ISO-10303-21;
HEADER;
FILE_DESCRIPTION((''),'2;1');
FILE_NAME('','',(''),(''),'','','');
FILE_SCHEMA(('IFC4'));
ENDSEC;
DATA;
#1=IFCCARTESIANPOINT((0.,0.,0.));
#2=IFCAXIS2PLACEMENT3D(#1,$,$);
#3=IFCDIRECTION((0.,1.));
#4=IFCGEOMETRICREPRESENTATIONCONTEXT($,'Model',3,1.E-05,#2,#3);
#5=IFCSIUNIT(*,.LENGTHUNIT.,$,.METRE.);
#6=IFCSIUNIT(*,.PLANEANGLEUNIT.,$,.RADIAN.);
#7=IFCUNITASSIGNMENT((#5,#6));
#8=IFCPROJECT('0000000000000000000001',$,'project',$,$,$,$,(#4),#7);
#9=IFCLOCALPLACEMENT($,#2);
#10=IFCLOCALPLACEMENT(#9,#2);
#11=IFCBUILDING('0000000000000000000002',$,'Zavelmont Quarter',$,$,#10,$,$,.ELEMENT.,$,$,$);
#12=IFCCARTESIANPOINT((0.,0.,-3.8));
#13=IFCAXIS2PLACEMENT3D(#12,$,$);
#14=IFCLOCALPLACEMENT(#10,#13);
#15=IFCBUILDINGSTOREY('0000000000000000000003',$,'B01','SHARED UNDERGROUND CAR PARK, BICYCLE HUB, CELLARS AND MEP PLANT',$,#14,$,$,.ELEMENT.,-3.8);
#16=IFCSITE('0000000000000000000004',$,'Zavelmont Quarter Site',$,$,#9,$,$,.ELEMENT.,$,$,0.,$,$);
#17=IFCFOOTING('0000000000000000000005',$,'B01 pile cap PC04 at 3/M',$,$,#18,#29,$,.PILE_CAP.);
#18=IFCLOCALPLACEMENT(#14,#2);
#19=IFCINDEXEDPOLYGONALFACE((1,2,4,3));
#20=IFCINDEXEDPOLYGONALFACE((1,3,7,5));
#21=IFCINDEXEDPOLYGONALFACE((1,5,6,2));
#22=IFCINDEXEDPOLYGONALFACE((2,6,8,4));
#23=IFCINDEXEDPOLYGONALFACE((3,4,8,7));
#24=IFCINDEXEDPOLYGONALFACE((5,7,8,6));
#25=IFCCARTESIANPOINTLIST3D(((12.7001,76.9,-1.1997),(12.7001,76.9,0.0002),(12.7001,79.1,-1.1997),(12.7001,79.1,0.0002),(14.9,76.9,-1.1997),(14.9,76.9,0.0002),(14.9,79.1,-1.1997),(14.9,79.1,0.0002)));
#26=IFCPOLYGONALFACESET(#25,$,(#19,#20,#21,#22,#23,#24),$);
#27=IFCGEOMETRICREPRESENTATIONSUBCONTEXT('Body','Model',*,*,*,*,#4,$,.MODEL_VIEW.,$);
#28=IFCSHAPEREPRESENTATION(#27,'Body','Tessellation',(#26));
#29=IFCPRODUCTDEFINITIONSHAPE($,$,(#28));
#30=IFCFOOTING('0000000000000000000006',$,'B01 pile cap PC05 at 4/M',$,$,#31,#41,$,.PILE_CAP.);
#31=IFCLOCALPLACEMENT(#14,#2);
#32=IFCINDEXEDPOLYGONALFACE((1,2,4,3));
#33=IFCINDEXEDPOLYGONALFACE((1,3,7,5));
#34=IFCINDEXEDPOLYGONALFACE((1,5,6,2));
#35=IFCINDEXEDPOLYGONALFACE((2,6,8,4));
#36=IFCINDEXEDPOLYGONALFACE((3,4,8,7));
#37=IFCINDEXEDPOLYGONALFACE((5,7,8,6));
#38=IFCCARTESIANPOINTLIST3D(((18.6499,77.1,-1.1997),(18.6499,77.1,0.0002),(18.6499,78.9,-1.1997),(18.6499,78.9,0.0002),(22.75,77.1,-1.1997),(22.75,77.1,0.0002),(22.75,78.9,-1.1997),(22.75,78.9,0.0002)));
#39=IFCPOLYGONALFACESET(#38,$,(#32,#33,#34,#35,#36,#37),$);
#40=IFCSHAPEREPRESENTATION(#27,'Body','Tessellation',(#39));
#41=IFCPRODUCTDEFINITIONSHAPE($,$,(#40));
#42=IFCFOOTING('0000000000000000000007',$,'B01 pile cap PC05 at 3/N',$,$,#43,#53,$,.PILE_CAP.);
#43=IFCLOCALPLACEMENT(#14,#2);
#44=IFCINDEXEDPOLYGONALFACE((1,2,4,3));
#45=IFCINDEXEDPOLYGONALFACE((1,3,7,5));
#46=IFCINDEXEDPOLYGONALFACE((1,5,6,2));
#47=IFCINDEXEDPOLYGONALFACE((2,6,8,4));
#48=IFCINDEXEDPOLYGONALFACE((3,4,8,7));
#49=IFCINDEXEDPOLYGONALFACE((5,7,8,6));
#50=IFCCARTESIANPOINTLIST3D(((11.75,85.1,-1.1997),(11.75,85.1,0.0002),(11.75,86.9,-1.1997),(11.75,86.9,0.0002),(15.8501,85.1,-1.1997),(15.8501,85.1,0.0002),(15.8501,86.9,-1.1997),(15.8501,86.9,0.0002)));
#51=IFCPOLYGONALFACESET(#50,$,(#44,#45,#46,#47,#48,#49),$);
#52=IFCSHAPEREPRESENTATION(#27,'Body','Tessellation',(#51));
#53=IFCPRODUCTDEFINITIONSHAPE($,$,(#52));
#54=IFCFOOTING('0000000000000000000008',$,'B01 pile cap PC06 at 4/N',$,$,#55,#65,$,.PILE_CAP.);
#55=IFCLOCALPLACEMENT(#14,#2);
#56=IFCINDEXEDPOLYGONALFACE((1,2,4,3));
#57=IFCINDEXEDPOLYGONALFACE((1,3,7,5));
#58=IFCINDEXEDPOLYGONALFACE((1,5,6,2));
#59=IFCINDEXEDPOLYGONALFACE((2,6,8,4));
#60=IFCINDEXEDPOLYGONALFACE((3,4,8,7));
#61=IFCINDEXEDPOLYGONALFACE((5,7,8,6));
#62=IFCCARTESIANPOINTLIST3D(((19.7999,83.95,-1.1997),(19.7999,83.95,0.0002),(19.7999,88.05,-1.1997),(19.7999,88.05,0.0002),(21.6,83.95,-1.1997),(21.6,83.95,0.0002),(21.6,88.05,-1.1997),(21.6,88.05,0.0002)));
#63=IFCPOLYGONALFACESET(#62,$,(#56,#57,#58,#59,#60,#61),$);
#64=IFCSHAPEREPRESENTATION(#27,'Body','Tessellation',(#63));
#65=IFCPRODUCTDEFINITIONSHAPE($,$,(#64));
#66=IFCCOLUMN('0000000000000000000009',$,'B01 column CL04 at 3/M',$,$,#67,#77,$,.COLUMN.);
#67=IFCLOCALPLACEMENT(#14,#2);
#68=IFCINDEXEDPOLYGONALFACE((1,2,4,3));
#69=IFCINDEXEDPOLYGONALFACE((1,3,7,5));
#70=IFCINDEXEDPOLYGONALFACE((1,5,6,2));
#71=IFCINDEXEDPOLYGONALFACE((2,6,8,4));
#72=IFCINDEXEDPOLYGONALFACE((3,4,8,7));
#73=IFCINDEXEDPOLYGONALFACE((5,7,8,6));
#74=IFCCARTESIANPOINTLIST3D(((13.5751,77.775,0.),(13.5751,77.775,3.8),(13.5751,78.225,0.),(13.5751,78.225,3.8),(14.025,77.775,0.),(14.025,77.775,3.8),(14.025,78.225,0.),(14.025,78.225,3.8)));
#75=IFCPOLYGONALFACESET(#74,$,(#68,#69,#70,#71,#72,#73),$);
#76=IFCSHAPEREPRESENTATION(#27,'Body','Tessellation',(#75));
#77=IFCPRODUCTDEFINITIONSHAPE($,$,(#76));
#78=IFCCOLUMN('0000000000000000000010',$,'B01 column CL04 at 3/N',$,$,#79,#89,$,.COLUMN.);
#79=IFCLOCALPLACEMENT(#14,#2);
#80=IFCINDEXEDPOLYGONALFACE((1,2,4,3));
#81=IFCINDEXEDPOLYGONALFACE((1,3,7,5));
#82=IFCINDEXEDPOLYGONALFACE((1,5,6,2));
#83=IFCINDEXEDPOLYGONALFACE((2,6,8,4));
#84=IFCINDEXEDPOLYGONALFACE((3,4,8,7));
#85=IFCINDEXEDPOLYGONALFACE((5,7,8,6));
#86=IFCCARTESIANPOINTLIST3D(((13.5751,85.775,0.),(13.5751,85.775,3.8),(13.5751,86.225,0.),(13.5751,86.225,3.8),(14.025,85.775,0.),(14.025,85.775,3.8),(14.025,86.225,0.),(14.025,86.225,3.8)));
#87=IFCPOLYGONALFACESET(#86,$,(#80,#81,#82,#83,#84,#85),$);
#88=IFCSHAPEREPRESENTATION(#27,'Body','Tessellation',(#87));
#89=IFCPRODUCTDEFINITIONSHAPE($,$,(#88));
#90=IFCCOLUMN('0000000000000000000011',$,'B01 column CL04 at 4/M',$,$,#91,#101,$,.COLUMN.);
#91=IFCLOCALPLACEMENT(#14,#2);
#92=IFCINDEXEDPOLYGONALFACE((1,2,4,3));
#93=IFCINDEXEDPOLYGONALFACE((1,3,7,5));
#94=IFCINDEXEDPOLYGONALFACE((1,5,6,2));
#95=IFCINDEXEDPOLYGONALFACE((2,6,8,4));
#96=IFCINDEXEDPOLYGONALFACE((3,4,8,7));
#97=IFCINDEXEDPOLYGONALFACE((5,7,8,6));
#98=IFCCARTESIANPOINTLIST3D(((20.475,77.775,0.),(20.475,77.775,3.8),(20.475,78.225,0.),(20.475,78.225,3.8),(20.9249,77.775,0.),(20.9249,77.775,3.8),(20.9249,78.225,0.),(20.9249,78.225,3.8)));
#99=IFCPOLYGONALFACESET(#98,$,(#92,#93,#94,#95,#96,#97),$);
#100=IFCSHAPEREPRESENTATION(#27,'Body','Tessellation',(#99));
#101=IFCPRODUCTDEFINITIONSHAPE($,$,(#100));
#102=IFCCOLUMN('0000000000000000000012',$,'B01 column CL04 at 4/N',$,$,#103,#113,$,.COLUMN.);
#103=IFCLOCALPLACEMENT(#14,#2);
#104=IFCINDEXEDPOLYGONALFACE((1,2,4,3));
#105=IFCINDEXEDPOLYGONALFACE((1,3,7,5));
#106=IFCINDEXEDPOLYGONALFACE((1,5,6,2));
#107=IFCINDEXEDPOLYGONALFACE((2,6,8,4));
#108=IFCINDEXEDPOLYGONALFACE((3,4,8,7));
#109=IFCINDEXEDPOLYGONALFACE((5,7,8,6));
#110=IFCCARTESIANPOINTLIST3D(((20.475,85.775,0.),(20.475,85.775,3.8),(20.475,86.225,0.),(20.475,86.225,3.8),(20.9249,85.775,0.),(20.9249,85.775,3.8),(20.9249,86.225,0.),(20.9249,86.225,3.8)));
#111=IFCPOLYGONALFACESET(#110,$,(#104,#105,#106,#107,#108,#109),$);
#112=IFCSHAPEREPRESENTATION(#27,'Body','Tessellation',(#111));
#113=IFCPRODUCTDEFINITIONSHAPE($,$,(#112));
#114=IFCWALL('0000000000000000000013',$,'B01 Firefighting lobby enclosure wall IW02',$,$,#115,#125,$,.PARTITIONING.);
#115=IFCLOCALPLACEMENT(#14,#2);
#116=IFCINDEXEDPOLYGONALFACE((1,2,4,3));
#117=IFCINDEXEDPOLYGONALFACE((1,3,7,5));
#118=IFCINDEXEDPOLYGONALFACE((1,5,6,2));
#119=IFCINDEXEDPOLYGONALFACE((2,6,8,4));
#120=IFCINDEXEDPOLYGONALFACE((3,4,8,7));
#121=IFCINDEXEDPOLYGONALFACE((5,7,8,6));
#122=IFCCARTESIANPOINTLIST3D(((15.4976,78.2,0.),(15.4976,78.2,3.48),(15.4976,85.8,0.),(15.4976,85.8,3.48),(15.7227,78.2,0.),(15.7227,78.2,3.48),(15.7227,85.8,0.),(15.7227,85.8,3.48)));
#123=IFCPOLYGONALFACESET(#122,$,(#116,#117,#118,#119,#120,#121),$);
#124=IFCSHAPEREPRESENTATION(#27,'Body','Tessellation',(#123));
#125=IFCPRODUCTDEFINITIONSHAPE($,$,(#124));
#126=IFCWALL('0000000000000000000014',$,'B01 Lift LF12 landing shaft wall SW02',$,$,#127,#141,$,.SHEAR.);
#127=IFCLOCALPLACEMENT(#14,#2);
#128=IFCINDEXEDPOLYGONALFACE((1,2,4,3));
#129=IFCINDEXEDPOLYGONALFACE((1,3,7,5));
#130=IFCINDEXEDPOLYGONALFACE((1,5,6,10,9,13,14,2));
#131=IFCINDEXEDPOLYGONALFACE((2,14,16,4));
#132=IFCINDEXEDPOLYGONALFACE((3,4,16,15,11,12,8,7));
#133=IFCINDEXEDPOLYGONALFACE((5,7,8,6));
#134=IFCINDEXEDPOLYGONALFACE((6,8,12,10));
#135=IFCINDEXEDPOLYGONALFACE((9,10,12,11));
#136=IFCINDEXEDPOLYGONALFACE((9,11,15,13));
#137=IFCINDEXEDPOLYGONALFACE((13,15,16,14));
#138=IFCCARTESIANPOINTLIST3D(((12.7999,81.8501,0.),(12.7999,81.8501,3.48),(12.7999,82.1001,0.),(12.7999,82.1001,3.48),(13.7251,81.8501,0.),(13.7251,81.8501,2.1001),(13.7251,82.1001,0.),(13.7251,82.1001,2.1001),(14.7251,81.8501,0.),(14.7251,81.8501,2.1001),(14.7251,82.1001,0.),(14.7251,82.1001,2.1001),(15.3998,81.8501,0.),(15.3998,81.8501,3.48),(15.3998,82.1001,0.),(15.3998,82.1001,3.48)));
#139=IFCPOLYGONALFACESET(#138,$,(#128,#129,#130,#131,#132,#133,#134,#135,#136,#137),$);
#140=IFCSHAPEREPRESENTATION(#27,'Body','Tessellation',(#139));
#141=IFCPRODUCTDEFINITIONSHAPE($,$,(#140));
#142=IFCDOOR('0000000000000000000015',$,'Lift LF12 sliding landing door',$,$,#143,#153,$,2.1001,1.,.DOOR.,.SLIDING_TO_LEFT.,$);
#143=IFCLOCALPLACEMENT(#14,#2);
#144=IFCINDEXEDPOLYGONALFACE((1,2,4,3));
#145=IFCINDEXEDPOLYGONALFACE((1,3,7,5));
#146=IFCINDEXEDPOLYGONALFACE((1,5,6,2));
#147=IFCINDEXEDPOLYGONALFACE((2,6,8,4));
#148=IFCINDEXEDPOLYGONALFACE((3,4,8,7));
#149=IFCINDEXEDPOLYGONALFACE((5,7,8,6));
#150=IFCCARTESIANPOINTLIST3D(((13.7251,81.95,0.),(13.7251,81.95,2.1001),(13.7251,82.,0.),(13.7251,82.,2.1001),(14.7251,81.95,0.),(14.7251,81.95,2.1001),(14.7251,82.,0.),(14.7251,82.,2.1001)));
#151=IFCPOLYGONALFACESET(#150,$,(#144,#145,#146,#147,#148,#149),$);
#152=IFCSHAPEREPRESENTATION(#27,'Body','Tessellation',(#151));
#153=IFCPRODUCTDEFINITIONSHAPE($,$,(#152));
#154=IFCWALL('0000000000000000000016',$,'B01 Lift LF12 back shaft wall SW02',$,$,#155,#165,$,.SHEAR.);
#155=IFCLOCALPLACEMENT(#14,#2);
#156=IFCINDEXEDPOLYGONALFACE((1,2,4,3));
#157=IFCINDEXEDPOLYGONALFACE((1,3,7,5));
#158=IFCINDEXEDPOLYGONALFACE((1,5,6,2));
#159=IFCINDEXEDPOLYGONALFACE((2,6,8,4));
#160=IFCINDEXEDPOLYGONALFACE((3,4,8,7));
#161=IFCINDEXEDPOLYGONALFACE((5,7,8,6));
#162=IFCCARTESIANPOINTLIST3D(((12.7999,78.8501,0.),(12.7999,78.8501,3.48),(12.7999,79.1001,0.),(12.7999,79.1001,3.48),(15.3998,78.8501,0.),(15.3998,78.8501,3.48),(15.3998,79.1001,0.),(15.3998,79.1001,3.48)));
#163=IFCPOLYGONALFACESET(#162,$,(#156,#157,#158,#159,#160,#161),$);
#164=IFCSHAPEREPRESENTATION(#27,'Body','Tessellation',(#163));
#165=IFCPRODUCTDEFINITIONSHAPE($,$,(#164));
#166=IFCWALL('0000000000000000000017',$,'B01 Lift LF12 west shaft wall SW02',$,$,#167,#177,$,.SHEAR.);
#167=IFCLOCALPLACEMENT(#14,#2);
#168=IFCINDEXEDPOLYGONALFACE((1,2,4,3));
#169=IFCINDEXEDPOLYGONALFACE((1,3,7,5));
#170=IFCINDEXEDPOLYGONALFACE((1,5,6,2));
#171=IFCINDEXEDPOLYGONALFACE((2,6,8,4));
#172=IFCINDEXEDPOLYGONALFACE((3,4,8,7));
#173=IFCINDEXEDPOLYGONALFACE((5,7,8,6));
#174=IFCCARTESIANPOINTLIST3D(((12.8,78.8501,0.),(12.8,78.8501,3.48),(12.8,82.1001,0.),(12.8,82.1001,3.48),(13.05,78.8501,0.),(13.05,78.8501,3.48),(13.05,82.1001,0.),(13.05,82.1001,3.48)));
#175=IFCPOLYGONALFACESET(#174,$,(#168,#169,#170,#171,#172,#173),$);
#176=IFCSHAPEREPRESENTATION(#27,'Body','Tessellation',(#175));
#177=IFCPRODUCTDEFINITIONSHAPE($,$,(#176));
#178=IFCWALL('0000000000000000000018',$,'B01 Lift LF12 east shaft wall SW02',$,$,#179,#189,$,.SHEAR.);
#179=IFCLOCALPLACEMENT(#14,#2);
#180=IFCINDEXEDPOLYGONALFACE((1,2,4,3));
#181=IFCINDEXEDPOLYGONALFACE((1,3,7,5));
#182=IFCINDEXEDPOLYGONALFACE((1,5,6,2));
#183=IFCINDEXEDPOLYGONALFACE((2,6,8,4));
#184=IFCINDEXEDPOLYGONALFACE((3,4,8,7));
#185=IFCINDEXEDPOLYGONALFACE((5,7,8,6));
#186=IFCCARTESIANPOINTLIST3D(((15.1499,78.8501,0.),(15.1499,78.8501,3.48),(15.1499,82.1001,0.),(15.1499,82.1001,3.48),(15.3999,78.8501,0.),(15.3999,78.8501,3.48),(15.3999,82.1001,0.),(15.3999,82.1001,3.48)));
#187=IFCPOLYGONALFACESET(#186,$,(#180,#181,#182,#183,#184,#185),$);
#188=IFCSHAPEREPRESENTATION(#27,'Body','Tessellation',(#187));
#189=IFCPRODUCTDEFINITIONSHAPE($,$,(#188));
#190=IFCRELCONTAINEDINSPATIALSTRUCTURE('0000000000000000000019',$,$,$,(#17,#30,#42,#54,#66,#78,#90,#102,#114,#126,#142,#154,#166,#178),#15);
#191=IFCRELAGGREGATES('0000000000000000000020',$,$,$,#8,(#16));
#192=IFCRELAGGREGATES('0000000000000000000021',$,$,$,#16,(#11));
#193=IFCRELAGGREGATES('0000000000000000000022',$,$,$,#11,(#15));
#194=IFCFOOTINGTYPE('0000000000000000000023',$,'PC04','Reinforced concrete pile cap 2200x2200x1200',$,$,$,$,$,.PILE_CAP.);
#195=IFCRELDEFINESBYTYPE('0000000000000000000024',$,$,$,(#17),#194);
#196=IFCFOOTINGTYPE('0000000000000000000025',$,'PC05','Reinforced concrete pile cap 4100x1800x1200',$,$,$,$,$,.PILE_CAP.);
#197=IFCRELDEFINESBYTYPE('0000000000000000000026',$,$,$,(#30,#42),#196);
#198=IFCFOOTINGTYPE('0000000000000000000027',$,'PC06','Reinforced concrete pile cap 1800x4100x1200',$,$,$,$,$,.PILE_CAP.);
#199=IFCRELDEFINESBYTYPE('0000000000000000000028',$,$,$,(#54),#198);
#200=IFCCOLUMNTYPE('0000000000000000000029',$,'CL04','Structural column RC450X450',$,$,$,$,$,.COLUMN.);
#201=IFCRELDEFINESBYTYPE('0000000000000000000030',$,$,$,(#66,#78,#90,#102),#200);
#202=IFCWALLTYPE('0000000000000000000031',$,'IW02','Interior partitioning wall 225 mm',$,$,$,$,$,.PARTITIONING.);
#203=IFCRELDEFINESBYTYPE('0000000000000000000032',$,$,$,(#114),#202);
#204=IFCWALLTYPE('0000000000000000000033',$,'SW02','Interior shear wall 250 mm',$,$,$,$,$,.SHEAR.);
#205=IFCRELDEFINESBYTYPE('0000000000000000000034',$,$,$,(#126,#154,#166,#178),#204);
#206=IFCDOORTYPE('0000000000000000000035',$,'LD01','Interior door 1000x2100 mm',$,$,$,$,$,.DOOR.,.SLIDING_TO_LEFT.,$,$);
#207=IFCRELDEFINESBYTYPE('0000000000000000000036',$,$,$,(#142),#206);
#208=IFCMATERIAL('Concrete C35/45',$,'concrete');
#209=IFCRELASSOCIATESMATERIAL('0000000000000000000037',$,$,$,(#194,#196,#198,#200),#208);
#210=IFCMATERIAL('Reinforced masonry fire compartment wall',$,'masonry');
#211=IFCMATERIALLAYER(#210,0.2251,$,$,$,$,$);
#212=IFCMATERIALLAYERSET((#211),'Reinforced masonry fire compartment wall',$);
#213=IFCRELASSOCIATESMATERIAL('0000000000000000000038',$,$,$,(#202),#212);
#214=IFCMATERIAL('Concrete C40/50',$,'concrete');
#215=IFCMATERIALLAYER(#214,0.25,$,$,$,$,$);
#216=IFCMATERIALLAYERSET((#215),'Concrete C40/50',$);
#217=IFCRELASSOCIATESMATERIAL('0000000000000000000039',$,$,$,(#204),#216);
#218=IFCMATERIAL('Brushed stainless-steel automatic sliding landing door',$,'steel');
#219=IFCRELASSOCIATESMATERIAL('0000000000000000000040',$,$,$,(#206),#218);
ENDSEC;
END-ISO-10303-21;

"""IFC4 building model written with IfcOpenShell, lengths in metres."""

from ifc_helpers import new_model, si_unit, direction, frame, frame_2d, origin, origin_with_axes, origin_2d, place, context, subcontext, project, spatial, rectangle, extrude, material, layer, layer_set, material_profile, profile_set, type_object, element, fill, save


model = new_model("IFC4")

# Units and contexts
model_context = context("Model", 3, precision=1e-05, world=origin(), true_north=direction((0.0, 1.0)))
body_context = subcontext(model_context, "Body", "Model", "MODEL_VIEW")
ifc_project = project(units=[si_unit("LENGTHUNIT", "METRE"), si_unit("PLANEANGLEUNIT", "RADIAN")], contexts=[model_context])

# Site, building, storey
site_placement = place(None, origin())
site = spatial("IfcSite", under=ifc_project, at=site_placement, Name="Zavelmont Quarter Site", CompositionType="ELEMENT", RefElevation=0.0)
building_placement = place(site_placement, origin())
building = spatial("IfcBuilding", under=site, at=building_placement, Name="Zavelmont Quarter", CompositionType="ELEMENT")
storey_placement = place(building_placement, frame((0.0, 0.0, -3.8)))
storey = spatial("IfcBuildingStorey", under=building, at=storey_placement, Name="B01", Description="SHARED UNDERGROUND CAR PARK, BICYCLE HUB, CELLARS AND MEP PLANT", CompositionType="ELEMENT", Elevation=-3.8)

# Shared definitions
ifc_material_1 = material(Name="Concrete C35/45", Category="concrete")

# Footings
footing_type_1 = type_object("IfcFootingType", Name="PC04", Description="Reinforced concrete pile cap 2200x2200x1200", PredefinedType="PILE_CAP", material=ifc_material_1)
footing_1_placement = place(storey_placement, frame((13.8, 78.0, -1.1997), z_axis=(0.0, 0.0, 1.0), x_axis=(1.0, 0.0, 0.0)))
element("IfcFooting", 1, at=footing_1_placement, inside=storey, type_object=footing_type_1, Name="B01 pile cap PC04 at 3/M", PredefinedType="PILE_CAP", context=body_context, shape_type="SweptSolid", body=[
    extrude(rectangle(XDim=2.2, YDim=2.2, at=origin_2d()), origin(), (0.0, 0.0, 1.0), 1.2),
])
footing_type_2 = type_object("IfcFootingType", Name="PC05", Description="Reinforced concrete pile cap 4100x1800x1200", PredefinedType="PILE_CAP", material=ifc_material_1)
for number, where, z_axis, x_axis, name in (
    (2, (20.7, 78.0, -1.1997), (0.0, 0.0, 1.0), (1.0, 0.0, 0.0), "B01 pile cap PC05 at 4/M"),
    (3, (13.8, 86.0, -1.1997), (0.0, 0.0, 1.0), (1.0, 0.0, 0.0), "B01 pile cap PC05 at 3/N"),
):
    element("IfcFooting", number, at=place(storey_placement, frame(where, z_axis=z_axis, x_axis=x_axis)), inside=storey, type_object=footing_type_2, Name=name, PredefinedType="PILE_CAP", context=body_context, shape_type="SweptSolid", body=[
        extrude(rectangle(XDim=4.1001, YDim=1.8, at=origin_2d()), origin(), (0.0, 0.0, 1.0), 1.2),
    ])
footing_type_3 = type_object("IfcFootingType", Name="PC06", Description="Reinforced concrete pile cap 1800x4100x1200", PredefinedType="PILE_CAP", material=ifc_material_1)
footing_2_placement = place(storey_placement, frame((20.7, 86.0, -1.1997), z_axis=(0.0, 0.0, 1.0), x_axis=(1.0, 0.0, 0.0)))
element("IfcFooting", 4, at=footing_2_placement, inside=storey, type_object=footing_type_3, Name="B01 pile cap PC06 at 4/N", PredefinedType="PILE_CAP", context=body_context, shape_type="SweptSolid", body=[
    extrude(rectangle(XDim=1.8, YDim=4.1001, at=origin_2d()), origin(), (0.0, 0.0, 1.0), 1.2),
])

# Columns
ifc_material_profile_1 = material_profile(ifc_material_1, rectangle(XDim=0.45, YDim=0.45, at=origin_2d()), Name="RC450X450")
ifc_profile_set_1 = profile_set([ifc_material_profile_1], Name="Concrete C35/45")
column_type = type_object("IfcColumnType", Name="CL04", Description="Structural column RC450X450", PredefinedType="COLUMN", material=ifc_profile_set_1)
for number, where, z_axis, x_axis, name in (
    (5, (13.8, 78.0, 0.0), (0.0, 0.0, 1.0), (1.0, 0.0, 0.0), "B01 column CL04 at 3/M"),
    (6, (13.8, 86.0, 0.0), (0.0, 0.0, 1.0), (1.0, 0.0, 0.0), "B01 column CL04 at 3/N"),
    (7, (20.7, 78.0, 0.0), (0.0, 0.0, 1.0), (1.0, 0.0, 0.0), "B01 column CL04 at 4/M"),
    (8, (20.7, 86.0, 0.0), (0.0, 0.0, 1.0), (1.0, 0.0, 0.0), "B01 column CL04 at 4/N"),
):
    element("IfcColumn", number, at=place(storey_placement, frame(where, z_axis=z_axis, x_axis=x_axis)), inside=storey, type_object=column_type, Name=name, PredefinedType="COLUMN", context=body_context, shape_type="SweptSolid", body=[
        extrude(rectangle(XDim=0.45, YDim=0.45, at=origin_2d()), origin(), (0.0, 0.0, 1.0), 3.8),
    ])

# Wall
ifc_material_2 = material(Name="Reinforced masonry fire compartment wall", Category="masonry")
ifc_layer_1 = layer(ifc_material_2, 0.2251)
ifc_layer_set_1 = layer_set([ifc_layer_1], Name="Reinforced masonry fire compartment wall")
wall_type_1 = type_object("IfcWallType", Name="IW02", Description="Interior partitioning wall 225 mm", PredefinedType="PARTITIONING", material=ifc_layer_set_1)
wall_1_placement = place(storey_placement, frame((15.6101, 78.2, 0.0), z_axis=(0.0, 0.0, 1.0), x_axis=(0.0, 1.0, 0.0)))
element("IfcWall", 9, at=wall_1_placement, inside=storey, type_object=wall_type_1, Name="B01 Firefighting lobby enclosure wall IW02", PredefinedType="PARTITIONING", context=body_context, shape_type="SweptSolid", body=[
    extrude(rectangle(XDim=7.6001, YDim=0.2251, at=frame_2d((3.8, 0.0))), origin(), (0.0, 0.0, 1.0), 3.48),
])

# Wall, opening, door
ifc_material_3 = material(Name="Concrete C40/50", Category="concrete")
ifc_layer_2 = layer(ifc_material_3, 0.25)
ifc_layer_set_2 = layer_set([ifc_layer_2], Name="Concrete C40/50")
wall_type_2 = type_object("IfcWallType", Name="SW02", Description="Interior shear wall 250 mm", PredefinedType="SHEAR", material=ifc_layer_set_2)
wall_2_placement = place(storey_placement, frame((12.8, 81.9751, 0.0), z_axis=(0.0, 0.0, 1.0), x_axis=(1.0, 0.0, 0.0)))
wall_2 = element("IfcWall", 10, at=wall_2_placement, inside=storey, type_object=wall_type_2, Name="B01 Lift LF12 landing shaft wall SW02", PredefinedType="SHEAR", context=body_context, shape_type="SweptSolid", body=[
    extrude(rectangle(XDim=2.5999, YDim=0.25, at=frame_2d((1.2998, 0.0))), origin(), (0.0, 0.0, 1.0), 3.48),
])
opening_1_placement = place(wall_2_placement, frame((0.925, 0.0, 0.0)))
opening_1 = element("IfcOpeningElement", 11, at=opening_1_placement, cuts=wall_2, PredefinedType="OPENING", context=body_context, shape_type="SweptSolid", body=[
    extrude(rectangle(XDim=1.0, YDim=2.1001, at=frame_2d((0.5, 1.05))), frame((0.0, 0.137, 0.0), z_axis=(0.0, -1.0, 0.0), x_axis=(1.0, 0.0, 0.0)), (0.0, 0.0, 1.0), 0.2739),
])
ifc_material_4 = material(Name="Brushed stainless-steel automatic sliding landing door", Category="steel")
door_type_1 = type_object("IfcDoorType", Name="LD01", Description="Interior door 1000x2100 mm", OperationType="SLIDING_TO_LEFT", PredefinedType="DOOR", material=ifc_material_4)
door_1_placement = place(opening_1_placement, origin_with_axes())
door_1 = element("IfcDoor", 12, at=door_1_placement, inside=storey, type_object=door_type_1, Name="Lift LF12 sliding landing door", OperationType="SLIDING_TO_LEFT", OverallHeight=2.1001, OverallWidth=1.0, PredefinedType="DOOR", context=body_context, shape_type="SweptSolid", body=[
    extrude(rectangle(XDim=1.0, YDim=2.1001, at=frame_2d((0.5, 1.05))), frame((0.0, 0.0249, 0.0), z_axis=(0.0, -1.0, 0.0), x_axis=(1.0, 0.0, 0.0)), (0.0, 0.0, 1.0), 0.05),
])
fill(opening_1, door_1)

# Walls
wall_3_placement = place(storey_placement, frame((12.8, 78.9751, 0.0), z_axis=(0.0, 0.0, 1.0), x_axis=(1.0, 0.0, 0.0)))
element("IfcWall", 13, at=wall_3_placement, inside=storey, type_object=wall_type_2, Name="B01 Lift LF12 back shaft wall SW02", PredefinedType="SHEAR", context=body_context, shape_type="SweptSolid", body=[
    extrude(rectangle(XDim=2.5999, YDim=0.25, at=frame_2d((1.2998, 0.0))), origin(), (0.0, 0.0, 1.0), 3.48),
])
for number, where, z_axis, x_axis, name in (
    (14, (12.925, 78.8501, 0.0), (0.0, 0.0, 1.0), (0.0, 1.0, 0.0), "B01 Lift LF12 west shaft wall SW02"),
    (15, (15.2749, 78.8501, 0.0), (0.0, 0.0, 1.0), (0.0, 1.0, 0.0), "B01 Lift LF12 east shaft wall SW02"),
):
    element("IfcWall", number, at=place(storey_placement, frame(where, z_axis=z_axis, x_axis=x_axis)), inside=storey, type_object=wall_type_2, Name=name, PredefinedType="SHEAR", context=body_context, shape_type="SweptSolid", body=[
        extrude(rectangle(XDim=3.25, YDim=0.25, at=frame_2d((1.625, 0.0))), origin(), (0.0, 0.0, 1.0), 3.48),
    ])

save(model, "model.ifc")
